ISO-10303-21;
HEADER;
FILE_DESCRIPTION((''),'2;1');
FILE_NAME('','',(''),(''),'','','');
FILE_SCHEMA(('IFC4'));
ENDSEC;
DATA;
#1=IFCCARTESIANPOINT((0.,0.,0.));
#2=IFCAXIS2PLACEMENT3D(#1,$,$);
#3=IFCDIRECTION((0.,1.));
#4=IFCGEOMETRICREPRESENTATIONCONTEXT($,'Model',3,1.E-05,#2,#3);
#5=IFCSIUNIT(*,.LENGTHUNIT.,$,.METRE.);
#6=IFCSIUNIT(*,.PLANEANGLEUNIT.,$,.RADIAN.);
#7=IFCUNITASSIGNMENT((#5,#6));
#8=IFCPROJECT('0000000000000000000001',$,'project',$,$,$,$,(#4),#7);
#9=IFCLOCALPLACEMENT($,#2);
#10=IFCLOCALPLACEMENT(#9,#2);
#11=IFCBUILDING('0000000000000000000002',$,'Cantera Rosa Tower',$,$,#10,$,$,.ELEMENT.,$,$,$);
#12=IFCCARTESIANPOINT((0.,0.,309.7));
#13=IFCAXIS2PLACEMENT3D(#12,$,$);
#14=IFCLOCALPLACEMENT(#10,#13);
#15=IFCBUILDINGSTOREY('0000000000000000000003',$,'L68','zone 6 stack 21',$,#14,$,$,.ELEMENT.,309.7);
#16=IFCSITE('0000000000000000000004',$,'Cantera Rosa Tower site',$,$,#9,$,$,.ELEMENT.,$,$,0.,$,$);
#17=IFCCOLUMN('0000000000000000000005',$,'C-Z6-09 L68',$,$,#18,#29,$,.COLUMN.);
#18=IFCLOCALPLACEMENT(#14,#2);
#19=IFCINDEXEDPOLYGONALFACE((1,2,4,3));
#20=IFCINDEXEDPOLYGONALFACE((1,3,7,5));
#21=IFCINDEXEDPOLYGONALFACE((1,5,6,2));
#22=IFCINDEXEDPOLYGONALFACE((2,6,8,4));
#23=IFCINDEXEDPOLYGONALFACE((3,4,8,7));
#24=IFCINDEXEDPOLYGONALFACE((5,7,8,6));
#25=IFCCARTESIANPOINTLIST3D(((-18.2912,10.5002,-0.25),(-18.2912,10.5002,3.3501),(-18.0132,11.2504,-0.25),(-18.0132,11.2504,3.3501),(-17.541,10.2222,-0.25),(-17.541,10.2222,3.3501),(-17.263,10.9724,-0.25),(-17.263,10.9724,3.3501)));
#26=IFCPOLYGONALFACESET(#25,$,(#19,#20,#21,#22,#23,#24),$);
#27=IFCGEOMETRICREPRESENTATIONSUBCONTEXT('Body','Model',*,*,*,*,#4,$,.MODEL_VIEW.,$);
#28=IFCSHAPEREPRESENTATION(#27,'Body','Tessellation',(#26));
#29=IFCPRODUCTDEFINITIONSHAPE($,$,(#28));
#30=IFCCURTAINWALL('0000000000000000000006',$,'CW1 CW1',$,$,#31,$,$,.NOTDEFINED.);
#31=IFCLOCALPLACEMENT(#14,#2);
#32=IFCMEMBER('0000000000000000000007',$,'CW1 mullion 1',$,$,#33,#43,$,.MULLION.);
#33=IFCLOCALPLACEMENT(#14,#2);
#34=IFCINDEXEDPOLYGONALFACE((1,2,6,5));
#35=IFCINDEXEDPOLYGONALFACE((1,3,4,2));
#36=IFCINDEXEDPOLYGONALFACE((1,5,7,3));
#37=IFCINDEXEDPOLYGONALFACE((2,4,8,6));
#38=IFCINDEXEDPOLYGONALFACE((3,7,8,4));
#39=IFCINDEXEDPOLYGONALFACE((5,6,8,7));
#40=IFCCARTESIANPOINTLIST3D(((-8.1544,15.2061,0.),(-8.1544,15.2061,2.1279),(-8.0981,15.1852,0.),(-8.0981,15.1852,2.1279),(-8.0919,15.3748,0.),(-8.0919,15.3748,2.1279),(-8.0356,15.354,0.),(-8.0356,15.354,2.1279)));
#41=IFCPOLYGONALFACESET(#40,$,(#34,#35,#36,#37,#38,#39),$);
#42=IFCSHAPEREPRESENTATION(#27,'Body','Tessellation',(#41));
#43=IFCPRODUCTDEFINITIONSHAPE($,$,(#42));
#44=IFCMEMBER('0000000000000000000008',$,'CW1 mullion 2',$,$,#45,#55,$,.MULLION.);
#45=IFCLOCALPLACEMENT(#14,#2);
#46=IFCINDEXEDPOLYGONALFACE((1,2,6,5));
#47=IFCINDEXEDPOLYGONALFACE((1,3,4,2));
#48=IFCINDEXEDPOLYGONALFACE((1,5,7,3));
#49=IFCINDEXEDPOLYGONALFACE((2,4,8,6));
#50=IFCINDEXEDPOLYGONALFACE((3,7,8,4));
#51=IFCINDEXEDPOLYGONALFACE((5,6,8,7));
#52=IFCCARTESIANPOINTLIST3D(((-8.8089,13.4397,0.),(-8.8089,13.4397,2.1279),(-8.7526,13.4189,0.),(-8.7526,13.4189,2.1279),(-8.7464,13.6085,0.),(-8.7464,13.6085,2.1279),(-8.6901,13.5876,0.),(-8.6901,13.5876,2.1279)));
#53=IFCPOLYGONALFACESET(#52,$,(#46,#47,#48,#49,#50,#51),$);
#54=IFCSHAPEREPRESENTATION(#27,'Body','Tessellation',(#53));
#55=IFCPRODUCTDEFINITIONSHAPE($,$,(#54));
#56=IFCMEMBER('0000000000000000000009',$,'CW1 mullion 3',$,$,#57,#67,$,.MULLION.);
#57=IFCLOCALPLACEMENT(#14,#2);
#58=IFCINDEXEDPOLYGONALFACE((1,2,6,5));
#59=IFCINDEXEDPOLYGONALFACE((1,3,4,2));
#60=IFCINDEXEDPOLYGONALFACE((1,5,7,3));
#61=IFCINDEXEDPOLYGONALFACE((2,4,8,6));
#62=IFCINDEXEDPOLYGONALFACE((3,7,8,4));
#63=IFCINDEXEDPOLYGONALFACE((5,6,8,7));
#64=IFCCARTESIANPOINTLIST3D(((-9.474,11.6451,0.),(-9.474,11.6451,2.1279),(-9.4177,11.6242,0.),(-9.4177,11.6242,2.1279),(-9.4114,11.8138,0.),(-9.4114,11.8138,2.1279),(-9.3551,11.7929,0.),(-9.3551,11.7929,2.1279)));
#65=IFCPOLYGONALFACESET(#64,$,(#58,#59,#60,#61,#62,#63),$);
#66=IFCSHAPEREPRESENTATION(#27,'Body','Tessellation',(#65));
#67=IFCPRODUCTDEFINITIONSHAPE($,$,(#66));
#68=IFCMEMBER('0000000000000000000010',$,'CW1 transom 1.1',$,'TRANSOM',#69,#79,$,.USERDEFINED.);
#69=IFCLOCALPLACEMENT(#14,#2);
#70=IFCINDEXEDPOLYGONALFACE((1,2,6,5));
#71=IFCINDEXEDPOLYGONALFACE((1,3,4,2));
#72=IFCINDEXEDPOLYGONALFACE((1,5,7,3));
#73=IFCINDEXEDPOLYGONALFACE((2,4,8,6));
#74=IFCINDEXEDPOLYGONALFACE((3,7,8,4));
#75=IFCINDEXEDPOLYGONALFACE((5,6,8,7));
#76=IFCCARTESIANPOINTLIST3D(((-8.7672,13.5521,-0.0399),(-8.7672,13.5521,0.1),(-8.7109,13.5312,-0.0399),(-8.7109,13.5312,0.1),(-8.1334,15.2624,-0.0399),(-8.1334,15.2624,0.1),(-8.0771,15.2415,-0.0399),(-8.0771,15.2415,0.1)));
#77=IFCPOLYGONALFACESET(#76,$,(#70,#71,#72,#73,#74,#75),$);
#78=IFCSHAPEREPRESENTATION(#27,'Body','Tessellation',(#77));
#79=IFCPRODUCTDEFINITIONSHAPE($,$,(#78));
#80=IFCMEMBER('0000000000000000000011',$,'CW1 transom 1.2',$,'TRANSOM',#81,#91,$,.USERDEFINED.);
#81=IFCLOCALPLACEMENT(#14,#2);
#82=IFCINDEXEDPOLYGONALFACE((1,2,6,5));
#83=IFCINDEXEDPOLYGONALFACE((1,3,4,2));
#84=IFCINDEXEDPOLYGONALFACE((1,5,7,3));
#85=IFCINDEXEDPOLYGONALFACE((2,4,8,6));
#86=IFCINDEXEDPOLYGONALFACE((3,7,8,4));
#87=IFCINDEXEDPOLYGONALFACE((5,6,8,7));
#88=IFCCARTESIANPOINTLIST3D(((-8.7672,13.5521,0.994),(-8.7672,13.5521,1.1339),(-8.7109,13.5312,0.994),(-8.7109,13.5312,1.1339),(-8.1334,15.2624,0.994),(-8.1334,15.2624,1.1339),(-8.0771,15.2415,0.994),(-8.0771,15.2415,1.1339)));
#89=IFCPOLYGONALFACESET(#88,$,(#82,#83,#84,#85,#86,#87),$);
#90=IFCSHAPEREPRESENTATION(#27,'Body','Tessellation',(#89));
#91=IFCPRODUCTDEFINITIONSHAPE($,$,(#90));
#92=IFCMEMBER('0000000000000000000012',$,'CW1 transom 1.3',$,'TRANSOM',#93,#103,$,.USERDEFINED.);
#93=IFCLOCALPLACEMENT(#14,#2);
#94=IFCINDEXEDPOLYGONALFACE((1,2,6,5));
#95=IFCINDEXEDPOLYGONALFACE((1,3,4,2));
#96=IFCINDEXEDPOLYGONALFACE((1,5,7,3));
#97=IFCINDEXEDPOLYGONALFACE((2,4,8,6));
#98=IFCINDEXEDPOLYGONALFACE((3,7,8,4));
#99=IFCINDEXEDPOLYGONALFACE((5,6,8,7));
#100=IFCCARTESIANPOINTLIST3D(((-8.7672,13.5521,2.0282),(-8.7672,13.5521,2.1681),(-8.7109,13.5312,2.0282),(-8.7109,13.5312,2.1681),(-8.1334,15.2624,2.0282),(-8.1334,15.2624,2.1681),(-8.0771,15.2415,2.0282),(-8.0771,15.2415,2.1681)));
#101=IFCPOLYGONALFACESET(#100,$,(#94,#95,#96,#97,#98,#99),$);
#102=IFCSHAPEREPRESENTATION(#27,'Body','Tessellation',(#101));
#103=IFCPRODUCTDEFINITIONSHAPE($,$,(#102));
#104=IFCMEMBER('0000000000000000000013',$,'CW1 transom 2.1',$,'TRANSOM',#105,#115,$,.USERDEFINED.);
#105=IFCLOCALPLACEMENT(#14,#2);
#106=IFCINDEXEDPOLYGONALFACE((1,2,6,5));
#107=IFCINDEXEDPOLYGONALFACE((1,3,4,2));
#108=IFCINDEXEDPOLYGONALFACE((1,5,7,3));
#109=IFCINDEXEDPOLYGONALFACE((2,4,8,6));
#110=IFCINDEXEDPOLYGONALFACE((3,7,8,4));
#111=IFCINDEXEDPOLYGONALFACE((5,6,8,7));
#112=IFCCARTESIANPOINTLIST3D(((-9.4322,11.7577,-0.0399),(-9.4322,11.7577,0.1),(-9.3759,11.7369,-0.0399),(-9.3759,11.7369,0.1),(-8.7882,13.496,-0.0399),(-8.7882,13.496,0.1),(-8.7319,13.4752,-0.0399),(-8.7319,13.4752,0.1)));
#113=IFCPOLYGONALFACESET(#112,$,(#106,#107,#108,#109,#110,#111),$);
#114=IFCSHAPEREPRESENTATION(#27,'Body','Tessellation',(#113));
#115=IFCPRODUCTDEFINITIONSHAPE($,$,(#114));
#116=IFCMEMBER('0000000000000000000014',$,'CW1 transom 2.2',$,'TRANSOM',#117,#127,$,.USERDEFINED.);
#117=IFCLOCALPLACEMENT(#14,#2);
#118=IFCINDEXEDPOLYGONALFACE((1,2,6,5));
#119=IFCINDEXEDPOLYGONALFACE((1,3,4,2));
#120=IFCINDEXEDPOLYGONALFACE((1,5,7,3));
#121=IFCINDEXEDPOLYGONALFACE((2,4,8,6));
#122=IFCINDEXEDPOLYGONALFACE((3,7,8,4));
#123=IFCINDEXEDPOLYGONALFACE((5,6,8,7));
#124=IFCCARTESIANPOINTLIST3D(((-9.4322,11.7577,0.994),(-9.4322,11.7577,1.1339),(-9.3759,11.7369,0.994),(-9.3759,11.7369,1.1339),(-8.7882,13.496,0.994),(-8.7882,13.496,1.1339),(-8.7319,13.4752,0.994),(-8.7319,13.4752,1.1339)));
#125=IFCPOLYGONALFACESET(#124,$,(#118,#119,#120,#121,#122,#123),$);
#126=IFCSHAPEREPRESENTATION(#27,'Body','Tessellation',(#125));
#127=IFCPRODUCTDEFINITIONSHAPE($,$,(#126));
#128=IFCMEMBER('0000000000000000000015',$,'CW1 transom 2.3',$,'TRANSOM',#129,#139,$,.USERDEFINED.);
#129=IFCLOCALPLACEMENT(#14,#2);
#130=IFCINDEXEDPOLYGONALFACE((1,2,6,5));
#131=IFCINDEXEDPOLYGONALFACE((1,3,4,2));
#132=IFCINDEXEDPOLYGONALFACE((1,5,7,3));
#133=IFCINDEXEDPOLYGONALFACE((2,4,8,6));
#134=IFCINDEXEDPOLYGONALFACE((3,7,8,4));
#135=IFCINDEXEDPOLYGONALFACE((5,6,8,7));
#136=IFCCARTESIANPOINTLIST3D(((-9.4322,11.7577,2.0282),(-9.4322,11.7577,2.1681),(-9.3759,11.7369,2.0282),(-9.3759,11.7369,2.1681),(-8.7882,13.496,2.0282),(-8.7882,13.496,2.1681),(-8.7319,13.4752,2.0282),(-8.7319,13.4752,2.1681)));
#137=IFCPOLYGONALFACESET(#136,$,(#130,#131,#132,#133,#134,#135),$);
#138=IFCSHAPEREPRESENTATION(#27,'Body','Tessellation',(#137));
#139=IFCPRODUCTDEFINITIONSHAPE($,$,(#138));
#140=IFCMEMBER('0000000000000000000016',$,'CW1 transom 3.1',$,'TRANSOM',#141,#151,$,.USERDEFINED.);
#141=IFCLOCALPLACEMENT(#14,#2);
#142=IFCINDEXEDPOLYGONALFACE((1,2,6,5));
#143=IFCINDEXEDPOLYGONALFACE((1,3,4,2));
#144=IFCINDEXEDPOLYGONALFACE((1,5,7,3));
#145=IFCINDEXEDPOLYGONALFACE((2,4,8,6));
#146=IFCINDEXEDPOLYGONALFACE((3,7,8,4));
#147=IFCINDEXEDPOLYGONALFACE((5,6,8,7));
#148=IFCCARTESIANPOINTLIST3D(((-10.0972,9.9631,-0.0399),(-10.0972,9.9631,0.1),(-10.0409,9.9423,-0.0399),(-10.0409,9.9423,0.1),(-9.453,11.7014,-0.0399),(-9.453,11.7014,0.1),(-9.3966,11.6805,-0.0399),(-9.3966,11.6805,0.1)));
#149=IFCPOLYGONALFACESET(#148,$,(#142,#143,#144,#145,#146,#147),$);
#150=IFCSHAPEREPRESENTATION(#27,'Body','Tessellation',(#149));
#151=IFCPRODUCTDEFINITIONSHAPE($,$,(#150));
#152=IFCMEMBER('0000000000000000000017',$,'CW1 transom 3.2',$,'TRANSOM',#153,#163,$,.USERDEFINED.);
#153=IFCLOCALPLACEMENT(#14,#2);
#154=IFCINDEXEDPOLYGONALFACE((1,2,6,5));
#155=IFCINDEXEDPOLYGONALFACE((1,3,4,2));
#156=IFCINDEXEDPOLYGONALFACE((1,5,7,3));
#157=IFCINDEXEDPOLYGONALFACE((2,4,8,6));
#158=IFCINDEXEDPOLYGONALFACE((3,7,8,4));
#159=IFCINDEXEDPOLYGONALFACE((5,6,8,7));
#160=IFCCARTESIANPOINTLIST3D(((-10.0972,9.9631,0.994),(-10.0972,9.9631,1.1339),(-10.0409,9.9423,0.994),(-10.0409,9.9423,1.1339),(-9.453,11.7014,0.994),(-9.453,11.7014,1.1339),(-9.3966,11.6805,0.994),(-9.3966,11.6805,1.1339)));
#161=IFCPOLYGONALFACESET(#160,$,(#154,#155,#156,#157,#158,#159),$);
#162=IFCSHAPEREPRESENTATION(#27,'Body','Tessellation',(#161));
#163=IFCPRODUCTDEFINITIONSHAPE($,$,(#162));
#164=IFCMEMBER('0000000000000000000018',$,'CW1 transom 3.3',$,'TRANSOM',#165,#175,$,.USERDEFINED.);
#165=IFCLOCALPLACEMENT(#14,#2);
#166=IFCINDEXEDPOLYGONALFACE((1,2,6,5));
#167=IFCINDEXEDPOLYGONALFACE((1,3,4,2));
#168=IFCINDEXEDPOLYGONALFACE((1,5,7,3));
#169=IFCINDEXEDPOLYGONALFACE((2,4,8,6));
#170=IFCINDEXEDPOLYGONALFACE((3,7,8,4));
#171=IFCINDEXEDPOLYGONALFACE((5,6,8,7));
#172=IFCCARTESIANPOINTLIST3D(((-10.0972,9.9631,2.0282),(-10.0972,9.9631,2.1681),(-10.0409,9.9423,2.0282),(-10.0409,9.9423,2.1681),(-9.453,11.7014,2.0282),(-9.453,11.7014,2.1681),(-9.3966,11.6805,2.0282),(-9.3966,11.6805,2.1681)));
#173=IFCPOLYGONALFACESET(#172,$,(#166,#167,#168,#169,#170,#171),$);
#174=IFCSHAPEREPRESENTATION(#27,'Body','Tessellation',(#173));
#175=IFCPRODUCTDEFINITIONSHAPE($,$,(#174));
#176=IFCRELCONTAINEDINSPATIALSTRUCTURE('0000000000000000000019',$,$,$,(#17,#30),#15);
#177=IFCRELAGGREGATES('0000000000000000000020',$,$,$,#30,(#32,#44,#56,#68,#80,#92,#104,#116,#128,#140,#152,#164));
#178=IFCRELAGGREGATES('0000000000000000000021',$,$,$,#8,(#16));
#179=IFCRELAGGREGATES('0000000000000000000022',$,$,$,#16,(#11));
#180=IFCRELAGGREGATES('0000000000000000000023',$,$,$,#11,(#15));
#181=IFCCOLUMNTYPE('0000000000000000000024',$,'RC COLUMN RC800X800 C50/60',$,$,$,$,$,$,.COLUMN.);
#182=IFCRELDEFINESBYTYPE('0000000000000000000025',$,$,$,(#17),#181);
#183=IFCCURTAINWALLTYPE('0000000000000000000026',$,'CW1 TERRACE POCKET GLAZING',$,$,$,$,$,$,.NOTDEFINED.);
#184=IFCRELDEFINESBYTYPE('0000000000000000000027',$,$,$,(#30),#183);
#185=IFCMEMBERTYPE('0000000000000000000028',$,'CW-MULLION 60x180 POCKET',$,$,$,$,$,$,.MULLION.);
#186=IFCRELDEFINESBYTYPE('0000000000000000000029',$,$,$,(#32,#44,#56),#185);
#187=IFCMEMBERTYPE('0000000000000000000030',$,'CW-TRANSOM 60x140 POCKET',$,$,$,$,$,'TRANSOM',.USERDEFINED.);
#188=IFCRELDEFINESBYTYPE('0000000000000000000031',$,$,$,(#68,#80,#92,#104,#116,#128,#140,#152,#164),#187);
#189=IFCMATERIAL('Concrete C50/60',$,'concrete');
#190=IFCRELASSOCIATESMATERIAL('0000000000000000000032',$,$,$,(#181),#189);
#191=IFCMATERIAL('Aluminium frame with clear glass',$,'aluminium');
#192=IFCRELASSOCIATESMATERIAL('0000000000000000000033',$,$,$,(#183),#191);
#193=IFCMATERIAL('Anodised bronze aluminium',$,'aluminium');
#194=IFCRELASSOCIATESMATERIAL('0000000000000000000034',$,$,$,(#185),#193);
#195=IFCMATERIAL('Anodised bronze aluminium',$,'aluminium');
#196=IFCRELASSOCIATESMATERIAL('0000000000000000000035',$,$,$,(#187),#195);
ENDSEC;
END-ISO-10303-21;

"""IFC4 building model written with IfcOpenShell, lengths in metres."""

from ifc_helpers import new_model, si_unit, direction, frame, origin, origin_2d, place, context, subcontext, project, spatial, rectangle, extrude, material, material_profile, profile_set, type_object, element, aggregate, save


model = new_model("IFC4")

# Units and contexts
model_context = context("Model", 3, precision=1e-05, world=origin(), true_north=direction((0.0, 1.0)))
body_context = subcontext(model_context, "Body", "Model", "MODEL_VIEW")
ifc_project = project(units=[si_unit("LENGTHUNIT", "METRE"), si_unit("PLANEANGLEUNIT", "RADIAN")], contexts=[model_context])

# Site, building, storey
site_placement = place(None, origin())
site = spatial("IfcSite", under=ifc_project, at=site_placement, Name="Cantera Rosa Tower site", CompositionType="ELEMENT", RefElevation=0.0)
building_placement = place(site_placement, origin())
building = spatial("IfcBuilding", under=site, at=building_placement, Name="Cantera Rosa Tower", CompositionType="ELEMENT")
storey_placement = place(building_placement, frame((0.0, 0.0, 309.7)))
storey = spatial("IfcBuildingStorey", under=building, at=storey_placement, Name="L68", Description="zone 6 stack 21", CompositionType="ELEMENT", Elevation=309.7)

# Column
ifc_material_1 = material(Name="Concrete C50/60", Category="concrete")
ifc_material_profile_1 = material_profile(ifc_material_1, rectangle(XDim=0.8, YDim=0.8, at=origin_2d()), Name="RC COLUMN RC800X800 C50/60")
ifc_profile_set_1 = profile_set([ifc_material_profile_1], Name="Concrete C50/60")
column_type = type_object("IfcColumnType", Name="RC COLUMN RC800X800 C50/60", PredefinedType="COLUMN", material=ifc_profile_set_1)
column_placement = place(storey_placement, frame((-17.7771, 10.7363, -0.25), z_axis=(0.0, 0.0, 1.0), x_axis=(0.347481, 0.937687, 0.0)))
element("IfcColumn", 1, at=column_placement, inside=storey, type_object=column_type, Name="C-Z6-09 L68", PredefinedType="COLUMN", context=body_context, shape_type="SweptSolid", body=[
    extrude(rectangle(XDim=0.8, YDim=0.8, at=origin_2d()), origin(), (0.0, 0.0, 1.0), 3.6001),
])

# Curtain wall, members
ifc_material_2 = material(Name="Aluminium frame with clear glass", Category="aluminium")
curtain_wall_type = type_object("IfcCurtainWallType", Name="CW1 TERRACE POCKET GLAZING", PredefinedType="NOTDEFINED", material=ifc_material_2)
curtain_wall_placement = place(storey_placement, origin())
curtain_wall = element("IfcCurtainWall", 2, at=curtain_wall_placement, inside=storey, type_object=curtain_wall_type, Name="CW1 CW1", PredefinedType="NOTDEFINED")
ifc_material_3 = material(Name="Anodised bronze aluminium", Category="aluminium")
ifc_material_profile_2 = material_profile(ifc_material_3, rectangle(XDim=0.0601, YDim=0.1799, at=origin_2d()), Name="CW-MULLION 60x180 POCKET")
ifc_profile_set_2 = profile_set([ifc_material_profile_2], Name="Anodised bronze aluminium")
member_type_1 = type_object("IfcMemberType", Name="CW-MULLION 60x180 POCKET", PredefinedType="MULLION", material=ifc_profile_set_2)
member_1_placement = place(storey_placement, frame((-8.095, 15.28, 0.0), z_axis=(0.0, 0.0, 1.0), x_axis=(0.937687, -0.347481, 0.0)))
member_1 = element("IfcMember", 3, at=member_1_placement, type_object=member_type_1, Name="CW1 mullion 1", PredefinedType="MULLION", context=body_context, shape_type="SweptSolid", body=[
    extrude(rectangle(XDim=0.0601, YDim=0.1799, at=origin_2d()), origin(), (0.0, 0.0, 1.0), 2.1279),
])
member_2_placement = place(storey_placement, frame((-8.7495, 13.5137, 0.0), z_axis=(0.0, 0.0, 1.0), x_axis=(0.937687, -0.347481, 0.0)))
member_2 = element("IfcMember", 4, at=member_2_placement, type_object=member_type_1, Name="CW1 mullion 2", PredefinedType="MULLION", context=body_context, shape_type="SweptSolid", body=[
    extrude(rectangle(XDim=0.0601, YDim=0.1799, at=origin_2d()), origin(), (0.0, 0.0, 1.0), 2.1279),
])
member_3_placement = place(storey_placement, frame((-9.4146, 11.719, 0.0), z_axis=(0.0, 0.0, 1.0), x_axis=(0.937687, -0.347481, 0.0)))
member_3 = element("IfcMember", 5, at=member_3_placement, type_object=member_type_1, Name="CW1 mullion 3", PredefinedType="MULLION", context=body_context, shape_type="SweptSolid", body=[
    extrude(rectangle(XDim=0.0601, YDim=0.1799, at=origin_2d()), origin(), (0.0, 0.0, 1.0), 2.1279),
])
ifc_material_4 = material(Name="Anodised bronze aluminium", Category="aluminium")
ifc_material_profile_3 = material_profile(ifc_material_4, rectangle(XDim=0.0601, YDim=0.1399, at=origin_2d()), Name="CW-TRANSOM 60x140 POCKET")
ifc_profile_set_3 = profile_set([ifc_material_profile_3], Name="Anodised bronze aluminium")
member_type_2 = type_object("IfcMemberType", Name="CW-TRANSOM 60x140 POCKET", ElementType="TRANSOM", PredefinedType="USERDEFINED", material=ifc_profile_set_3)
member_4_placement = place(storey_placement, frame((-8.1052, 15.252, 0.03), z_axis=(-0.347497, -0.937681, 0.0), x_axis=(0.937681, -0.347497, 0.0)))
member_4 = element("IfcMember", 6, at=member_4_placement, type_object=member_type_2, Name="CW1 transom 1.1", ObjectType="TRANSOM", PredefinedType="USERDEFINED", context=body_context, shape_type="SweptSolid", body=[
    extrude(rectangle(XDim=0.0601, YDim=0.1399, at=origin_2d()), origin(), (0.0, 0.0, 1.0), 1.824),
])
member_5_placement = place(storey_placement, frame((-8.1052, 15.252, 1.064), z_axis=(-0.347497, -0.937681, 0.0), x_axis=(0.937681, -0.347497, 0.0)))
member_5 = element("IfcMember", 7, at=member_5_placement, type_object=member_type_2, Name="CW1 transom 1.2", ObjectType="TRANSOM", PredefinedType="USERDEFINED", context=body_context, shape_type="SweptSolid", body=[
    extrude(rectangle(XDim=0.0601, YDim=0.1399, at=origin_2d()), origin(), (0.0, 0.0, 1.0), 1.824),
])
member_6_placement = place(storey_placement, frame((-8.1052, 15.252, 2.0981), z_axis=(-0.347497, -0.937681, 0.0), x_axis=(0.937681, -0.347497, 0.0)))
member_6 = element("IfcMember", 8, at=member_6_placement, type_object=member_type_2, Name="CW1 transom 1.3", ObjectType="TRANSOM", PredefinedType="USERDEFINED", context=body_context, shape_type="SweptSolid", body=[
    extrude(rectangle(XDim=0.0601, YDim=0.1399, at=origin_2d()), origin(), (0.0, 0.0, 1.0), 1.824),
])
member_7_placement = place(storey_placement, frame((-8.76, 13.4856, 0.03), z_axis=(-0.347426, -0.937707, 0.0), x_axis=(0.937707, -0.347426, 0.0)))
member_7 = element("IfcMember", 9, at=member_7_placement, type_object=member_type_2, Name="CW1 transom 2.1", ObjectType="TRANSOM", PredefinedType="USERDEFINED", context=body_context, shape_type="SweptSolid", body=[
    extrude(rectangle(XDim=0.0601, YDim=0.1399, at=origin_2d()), origin(), (0.0, 0.0, 1.0), 1.8538),
])
member_8_placement = place(storey_placement, frame((-8.76, 13.4856, 1.064), z_axis=(-0.347426, -0.937707, 0.0), x_axis=(0.937707, -0.347426, 0.0)))
member_8 = element("IfcMember", 10, at=member_8_placement, type_object=member_type_2, Name="CW1 transom 2.2", ObjectType="TRANSOM", PredefinedType="USERDEFINED", context=body_context, shape_type="SweptSolid", body=[
    extrude(rectangle(XDim=0.0601, YDim=0.1399, at=origin_2d()), origin(), (0.0, 0.0, 1.0), 1.8538),
])
member_9_placement = place(storey_placement, frame((-8.76, 13.4856, 2.0981), z_axis=(-0.347426, -0.937707, 0.0), x_axis=(0.937707, -0.347426, 0.0)))
member_9 = element("IfcMember", 11, at=member_9_placement, type_object=member_type_2, Name="CW1 transom 2.3", ObjectType="TRANSOM", PredefinedType="USERDEFINED", context=body_context, shape_type="SweptSolid", body=[
    extrude(rectangle(XDim=0.0601, YDim=0.1399, at=origin_2d()), origin(), (0.0, 0.0, 1.0), 1.8538),
])
member_10_placement = place(storey_placement, frame((-9.4248, 11.6909, 0.03), z_axis=(-0.347542, -0.937665, 0.0), x_axis=(0.937665, -0.347542, 0.0)))
member_10 = element("IfcMember", 12, at=member_10_placement, type_object=member_type_2, Name="CW1 transom 3.1", ObjectType="TRANSOM", PredefinedType="USERDEFINED", context=body_context, shape_type="SweptSolid", body=[
    extrude(rectangle(XDim=0.0601, YDim=0.1399, at=origin_2d()), origin(), (0.0, 0.0, 1.0), 1.8538),
])
member_11_placement = place(storey_placement, frame((-9.4248, 11.6909, 1.064), z_axis=(-0.347542, -0.937665, 0.0), x_axis=(0.937665, -0.347542, 0.0)))
member_11 = element("IfcMember", 13, at=member_11_placement, type_object=member_type_2, Name="CW1 transom 3.2", ObjectType="TRANSOM", PredefinedType="USERDEFINED", context=body_context, shape_type="SweptSolid", body=[
    extrude(rectangle(XDim=0.0601, YDim=0.1399, at=origin_2d()), origin(), (0.0, 0.0, 1.0), 1.8538),
])
member_12_placement = place(storey_placement, frame((-9.4248, 11.6909, 2.0981), z_axis=(-0.347542, -0.937665, 0.0), x_axis=(0.937665, -0.347542, 0.0)))
member_12 = element("IfcMember", 14, at=member_12_placement, type_object=member_type_2, Name="CW1 transom 3.3", ObjectType="TRANSOM", PredefinedType="USERDEFINED", context=body_context, shape_type="SweptSolid", body=[
    extrude(rectangle(XDim=0.0601, YDim=0.1399, at=origin_2d()), origin(), (0.0, 0.0, 1.0), 1.8538),
])

aggregate(curtain_wall, [member_1, member_2, member_3, member_4, member_5, member_6, member_7, member_8, member_9, member_10, member_11, member_12])

save(model, "model.ifc")
